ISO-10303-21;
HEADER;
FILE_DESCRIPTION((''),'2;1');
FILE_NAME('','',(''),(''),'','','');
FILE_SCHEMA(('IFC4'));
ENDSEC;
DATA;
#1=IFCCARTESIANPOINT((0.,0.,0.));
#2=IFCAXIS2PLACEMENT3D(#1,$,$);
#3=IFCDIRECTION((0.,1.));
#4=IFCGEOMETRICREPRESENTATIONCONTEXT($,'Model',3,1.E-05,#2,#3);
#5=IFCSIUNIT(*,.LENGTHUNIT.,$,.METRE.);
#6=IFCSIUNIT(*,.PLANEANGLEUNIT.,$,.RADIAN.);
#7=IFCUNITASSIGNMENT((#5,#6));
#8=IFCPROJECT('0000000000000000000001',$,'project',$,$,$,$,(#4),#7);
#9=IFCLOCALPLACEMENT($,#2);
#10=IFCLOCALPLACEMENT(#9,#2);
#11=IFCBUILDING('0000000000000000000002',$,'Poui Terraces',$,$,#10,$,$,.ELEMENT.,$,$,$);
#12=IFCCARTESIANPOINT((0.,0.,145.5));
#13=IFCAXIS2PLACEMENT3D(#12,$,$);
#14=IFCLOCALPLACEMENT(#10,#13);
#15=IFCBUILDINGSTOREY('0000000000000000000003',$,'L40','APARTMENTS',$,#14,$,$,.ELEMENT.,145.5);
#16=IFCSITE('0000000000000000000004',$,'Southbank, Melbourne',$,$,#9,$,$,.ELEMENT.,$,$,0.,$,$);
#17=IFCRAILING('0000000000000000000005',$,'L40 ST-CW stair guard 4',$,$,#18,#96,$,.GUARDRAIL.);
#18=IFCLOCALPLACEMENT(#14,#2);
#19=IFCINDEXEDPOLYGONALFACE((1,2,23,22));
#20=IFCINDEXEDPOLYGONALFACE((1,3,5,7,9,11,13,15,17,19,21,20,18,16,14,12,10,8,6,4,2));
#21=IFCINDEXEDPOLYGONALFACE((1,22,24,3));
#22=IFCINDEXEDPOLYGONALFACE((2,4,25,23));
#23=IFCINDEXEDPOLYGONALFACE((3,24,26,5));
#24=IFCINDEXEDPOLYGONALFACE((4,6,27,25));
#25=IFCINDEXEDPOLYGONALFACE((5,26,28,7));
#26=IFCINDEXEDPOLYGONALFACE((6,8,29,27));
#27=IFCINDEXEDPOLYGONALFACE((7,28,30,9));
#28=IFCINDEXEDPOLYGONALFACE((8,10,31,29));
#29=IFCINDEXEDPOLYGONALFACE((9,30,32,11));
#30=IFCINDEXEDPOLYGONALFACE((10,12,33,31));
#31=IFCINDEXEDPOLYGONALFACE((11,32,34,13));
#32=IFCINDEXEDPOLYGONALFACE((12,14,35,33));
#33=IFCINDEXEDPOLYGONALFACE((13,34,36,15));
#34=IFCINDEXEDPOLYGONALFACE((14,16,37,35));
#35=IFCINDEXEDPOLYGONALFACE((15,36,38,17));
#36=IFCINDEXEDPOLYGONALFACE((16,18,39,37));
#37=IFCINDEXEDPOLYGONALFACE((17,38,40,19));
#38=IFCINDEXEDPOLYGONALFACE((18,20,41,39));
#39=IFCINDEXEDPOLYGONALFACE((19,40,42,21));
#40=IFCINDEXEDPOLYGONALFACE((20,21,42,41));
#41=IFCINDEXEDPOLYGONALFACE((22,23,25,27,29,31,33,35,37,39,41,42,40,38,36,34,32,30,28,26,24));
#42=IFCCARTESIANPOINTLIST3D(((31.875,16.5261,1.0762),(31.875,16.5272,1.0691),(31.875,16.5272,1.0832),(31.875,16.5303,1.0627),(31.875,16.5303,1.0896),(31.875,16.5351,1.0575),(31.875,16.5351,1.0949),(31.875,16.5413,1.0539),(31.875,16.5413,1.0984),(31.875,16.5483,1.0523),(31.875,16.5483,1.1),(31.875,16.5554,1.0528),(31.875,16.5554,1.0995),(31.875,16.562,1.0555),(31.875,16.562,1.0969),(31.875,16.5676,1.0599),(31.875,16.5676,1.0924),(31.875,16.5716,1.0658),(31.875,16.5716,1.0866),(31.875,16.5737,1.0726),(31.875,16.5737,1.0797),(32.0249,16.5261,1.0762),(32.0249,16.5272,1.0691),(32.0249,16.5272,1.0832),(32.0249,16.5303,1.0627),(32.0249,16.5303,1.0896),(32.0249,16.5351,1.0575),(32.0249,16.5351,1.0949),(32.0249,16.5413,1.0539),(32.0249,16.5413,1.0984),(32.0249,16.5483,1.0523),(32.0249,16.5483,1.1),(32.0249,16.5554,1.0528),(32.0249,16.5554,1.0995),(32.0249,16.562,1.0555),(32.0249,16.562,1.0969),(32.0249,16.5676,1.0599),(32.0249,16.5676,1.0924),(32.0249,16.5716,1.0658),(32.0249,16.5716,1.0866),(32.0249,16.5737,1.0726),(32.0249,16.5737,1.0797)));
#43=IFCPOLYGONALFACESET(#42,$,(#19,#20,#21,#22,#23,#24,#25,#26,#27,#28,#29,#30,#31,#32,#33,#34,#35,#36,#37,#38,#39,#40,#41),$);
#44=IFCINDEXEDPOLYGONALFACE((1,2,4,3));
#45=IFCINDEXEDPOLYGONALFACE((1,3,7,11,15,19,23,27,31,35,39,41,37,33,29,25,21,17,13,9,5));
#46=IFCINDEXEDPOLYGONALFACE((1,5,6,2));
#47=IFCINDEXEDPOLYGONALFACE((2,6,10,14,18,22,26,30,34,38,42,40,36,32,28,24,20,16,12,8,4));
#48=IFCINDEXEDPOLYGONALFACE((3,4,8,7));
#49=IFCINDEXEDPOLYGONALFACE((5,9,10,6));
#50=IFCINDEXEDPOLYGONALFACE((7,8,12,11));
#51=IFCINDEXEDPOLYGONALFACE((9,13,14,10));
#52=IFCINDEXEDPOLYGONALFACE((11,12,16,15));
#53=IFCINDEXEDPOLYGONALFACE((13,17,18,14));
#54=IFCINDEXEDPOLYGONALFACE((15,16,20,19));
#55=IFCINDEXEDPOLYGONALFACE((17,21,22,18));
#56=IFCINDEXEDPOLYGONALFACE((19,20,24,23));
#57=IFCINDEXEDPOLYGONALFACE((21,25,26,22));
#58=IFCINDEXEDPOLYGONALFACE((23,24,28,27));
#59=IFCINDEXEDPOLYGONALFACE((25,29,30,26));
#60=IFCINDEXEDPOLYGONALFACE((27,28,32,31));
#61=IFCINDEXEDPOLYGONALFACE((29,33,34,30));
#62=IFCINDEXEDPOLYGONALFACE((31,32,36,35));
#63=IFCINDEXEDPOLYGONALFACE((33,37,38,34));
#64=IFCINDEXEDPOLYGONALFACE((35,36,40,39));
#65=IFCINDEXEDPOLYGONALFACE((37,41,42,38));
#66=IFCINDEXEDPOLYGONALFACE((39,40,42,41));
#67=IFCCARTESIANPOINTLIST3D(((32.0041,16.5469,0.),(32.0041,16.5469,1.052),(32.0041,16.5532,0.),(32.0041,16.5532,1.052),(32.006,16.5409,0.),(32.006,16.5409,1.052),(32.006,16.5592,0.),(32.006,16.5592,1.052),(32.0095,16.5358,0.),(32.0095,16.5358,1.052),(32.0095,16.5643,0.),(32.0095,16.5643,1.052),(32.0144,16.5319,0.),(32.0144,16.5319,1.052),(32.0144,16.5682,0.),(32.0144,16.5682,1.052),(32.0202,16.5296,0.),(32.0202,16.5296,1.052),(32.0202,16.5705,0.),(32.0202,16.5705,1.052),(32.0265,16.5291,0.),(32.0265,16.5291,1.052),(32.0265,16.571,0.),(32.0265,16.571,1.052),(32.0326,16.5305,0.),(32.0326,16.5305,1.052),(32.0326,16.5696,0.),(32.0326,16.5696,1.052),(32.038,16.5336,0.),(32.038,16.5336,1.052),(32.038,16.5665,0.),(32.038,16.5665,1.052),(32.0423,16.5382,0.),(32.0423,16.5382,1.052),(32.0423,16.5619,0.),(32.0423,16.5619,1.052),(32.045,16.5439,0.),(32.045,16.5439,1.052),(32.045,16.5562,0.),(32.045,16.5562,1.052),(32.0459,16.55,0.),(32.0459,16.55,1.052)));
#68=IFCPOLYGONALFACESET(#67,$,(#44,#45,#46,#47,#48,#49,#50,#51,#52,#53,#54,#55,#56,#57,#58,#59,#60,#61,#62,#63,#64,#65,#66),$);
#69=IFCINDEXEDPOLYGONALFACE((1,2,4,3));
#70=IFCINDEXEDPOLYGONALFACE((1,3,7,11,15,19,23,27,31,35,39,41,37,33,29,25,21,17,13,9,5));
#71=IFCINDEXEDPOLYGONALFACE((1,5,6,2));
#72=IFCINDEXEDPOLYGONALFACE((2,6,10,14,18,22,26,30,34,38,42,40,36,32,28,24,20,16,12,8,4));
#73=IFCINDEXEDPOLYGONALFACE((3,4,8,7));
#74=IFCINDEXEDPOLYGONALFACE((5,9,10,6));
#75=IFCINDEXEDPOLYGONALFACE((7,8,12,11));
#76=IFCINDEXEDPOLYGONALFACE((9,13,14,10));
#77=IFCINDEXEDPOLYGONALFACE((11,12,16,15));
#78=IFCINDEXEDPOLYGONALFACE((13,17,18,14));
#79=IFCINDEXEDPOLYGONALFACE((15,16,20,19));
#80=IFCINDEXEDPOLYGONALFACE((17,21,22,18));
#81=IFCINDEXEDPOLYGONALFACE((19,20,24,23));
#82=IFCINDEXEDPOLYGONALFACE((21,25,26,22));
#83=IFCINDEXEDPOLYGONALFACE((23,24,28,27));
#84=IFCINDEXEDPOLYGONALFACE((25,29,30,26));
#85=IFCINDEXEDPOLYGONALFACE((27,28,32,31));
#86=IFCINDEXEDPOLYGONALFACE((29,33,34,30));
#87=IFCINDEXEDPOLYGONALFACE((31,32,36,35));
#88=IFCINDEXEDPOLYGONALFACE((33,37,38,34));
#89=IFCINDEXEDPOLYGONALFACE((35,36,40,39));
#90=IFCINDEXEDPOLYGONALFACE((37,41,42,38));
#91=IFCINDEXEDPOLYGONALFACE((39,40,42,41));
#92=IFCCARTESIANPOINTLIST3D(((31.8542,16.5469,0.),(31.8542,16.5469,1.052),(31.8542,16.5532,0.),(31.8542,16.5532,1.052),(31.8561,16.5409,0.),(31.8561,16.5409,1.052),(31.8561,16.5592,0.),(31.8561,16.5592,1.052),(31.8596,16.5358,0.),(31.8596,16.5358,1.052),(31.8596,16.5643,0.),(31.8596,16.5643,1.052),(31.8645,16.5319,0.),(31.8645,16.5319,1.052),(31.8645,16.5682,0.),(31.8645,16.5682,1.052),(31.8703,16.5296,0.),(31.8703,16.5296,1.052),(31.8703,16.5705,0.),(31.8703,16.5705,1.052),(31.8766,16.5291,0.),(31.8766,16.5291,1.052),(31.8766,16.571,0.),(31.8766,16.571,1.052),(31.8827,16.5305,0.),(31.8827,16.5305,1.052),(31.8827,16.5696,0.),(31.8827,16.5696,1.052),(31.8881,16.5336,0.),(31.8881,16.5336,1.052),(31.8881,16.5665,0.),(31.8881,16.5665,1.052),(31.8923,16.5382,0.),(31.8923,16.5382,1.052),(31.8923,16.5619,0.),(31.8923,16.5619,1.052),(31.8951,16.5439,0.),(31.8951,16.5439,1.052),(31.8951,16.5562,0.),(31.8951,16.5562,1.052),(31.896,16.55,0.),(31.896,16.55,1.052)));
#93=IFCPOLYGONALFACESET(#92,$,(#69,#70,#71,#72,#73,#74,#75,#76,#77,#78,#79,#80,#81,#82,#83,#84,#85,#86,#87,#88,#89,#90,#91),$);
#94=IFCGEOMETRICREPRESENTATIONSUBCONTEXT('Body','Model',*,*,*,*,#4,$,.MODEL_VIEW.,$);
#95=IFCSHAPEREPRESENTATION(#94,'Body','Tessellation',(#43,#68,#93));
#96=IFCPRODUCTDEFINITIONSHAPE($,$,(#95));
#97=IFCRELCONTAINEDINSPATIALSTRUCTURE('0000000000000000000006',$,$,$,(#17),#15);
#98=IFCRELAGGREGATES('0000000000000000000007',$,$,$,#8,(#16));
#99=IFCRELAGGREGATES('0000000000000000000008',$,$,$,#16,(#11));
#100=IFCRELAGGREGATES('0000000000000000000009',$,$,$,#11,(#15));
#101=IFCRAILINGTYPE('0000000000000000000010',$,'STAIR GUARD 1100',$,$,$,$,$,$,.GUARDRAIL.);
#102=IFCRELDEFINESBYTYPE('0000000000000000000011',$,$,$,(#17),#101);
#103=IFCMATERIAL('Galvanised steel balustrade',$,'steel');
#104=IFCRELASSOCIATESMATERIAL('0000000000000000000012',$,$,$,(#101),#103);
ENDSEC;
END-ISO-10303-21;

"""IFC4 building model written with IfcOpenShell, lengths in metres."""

from ifc_helpers import new_model, si_unit, direction, frame, origin, origin_2d, place, context, subcontext, project, spatial, circle, extrude, material, type_object, element, save


model = new_model("IFC4")

# Units and contexts
model_context = context("Model", 3, precision=1e-05, world=origin(), true_north=direction((0.0, 1.0)))
body_context = subcontext(model_context, "Body", "Model", "MODEL_VIEW")
ifc_project = project(units=[si_unit("LENGTHUNIT", "METRE"), si_unit("PLANEANGLEUNIT", "RADIAN")], contexts=[model_context])

# Site, building, storey
site_placement = place(None, origin())
site = spatial("IfcSite", under=ifc_project, at=site_placement, Name="Southbank, Melbourne", CompositionType="ELEMENT", RefElevation=0.0)
building_placement = place(site_placement, origin())
building = spatial("IfcBuilding", under=site, at=building_placement, Name="Poui Terraces", CompositionType="ELEMENT")
storey_placement = place(building_placement, frame((0.0, 0.0, 145.5)))
storey = spatial("IfcBuildingStorey", under=building, at=storey_placement, Name="L40", Description="APARTMENTS", CompositionType="ELEMENT", Elevation=145.5)

# Railing
ifc_material_1 = material(Name="Galvanised steel balustrade", Category="steel")
railing_type_1 = type_object("IfcRailingType", Name="STAIR GUARD 1100", PredefinedType="GUARDRAIL", material=ifc_material_1)
railing_1_placement = place(storey_placement, frame((32.0249, 16.55, 0.0)))
element("IfcRailing", 1, at=railing_1_placement, inside=storey, type_object=railing_type_1, Name="L40 ST-CW stair guard 4", PredefinedType="GUARDRAIL", context=body_context, shape_type="SweptSolid", body=[
    extrude(circle(Radius=0.0239, at=origin_2d()), frame((0.0, 0.0, 1.0762), z_axis=(-1.0, 0.0, 0.0), x_axis=(0.0, -1.0, 0.0)), (0.0, 0.0, 1.0), 0.1499),
    extrude(circle(Radius=0.021, at=origin_2d()), origin(), (0.0, 0.0, 1.0), 1.052),
    extrude(circle(Radius=0.021, at=origin_2d()), frame((-0.1499, 0.0, 0.0)), (0.0, 0.0, 1.0), 1.052),
])

save(model, "model.ifc")
